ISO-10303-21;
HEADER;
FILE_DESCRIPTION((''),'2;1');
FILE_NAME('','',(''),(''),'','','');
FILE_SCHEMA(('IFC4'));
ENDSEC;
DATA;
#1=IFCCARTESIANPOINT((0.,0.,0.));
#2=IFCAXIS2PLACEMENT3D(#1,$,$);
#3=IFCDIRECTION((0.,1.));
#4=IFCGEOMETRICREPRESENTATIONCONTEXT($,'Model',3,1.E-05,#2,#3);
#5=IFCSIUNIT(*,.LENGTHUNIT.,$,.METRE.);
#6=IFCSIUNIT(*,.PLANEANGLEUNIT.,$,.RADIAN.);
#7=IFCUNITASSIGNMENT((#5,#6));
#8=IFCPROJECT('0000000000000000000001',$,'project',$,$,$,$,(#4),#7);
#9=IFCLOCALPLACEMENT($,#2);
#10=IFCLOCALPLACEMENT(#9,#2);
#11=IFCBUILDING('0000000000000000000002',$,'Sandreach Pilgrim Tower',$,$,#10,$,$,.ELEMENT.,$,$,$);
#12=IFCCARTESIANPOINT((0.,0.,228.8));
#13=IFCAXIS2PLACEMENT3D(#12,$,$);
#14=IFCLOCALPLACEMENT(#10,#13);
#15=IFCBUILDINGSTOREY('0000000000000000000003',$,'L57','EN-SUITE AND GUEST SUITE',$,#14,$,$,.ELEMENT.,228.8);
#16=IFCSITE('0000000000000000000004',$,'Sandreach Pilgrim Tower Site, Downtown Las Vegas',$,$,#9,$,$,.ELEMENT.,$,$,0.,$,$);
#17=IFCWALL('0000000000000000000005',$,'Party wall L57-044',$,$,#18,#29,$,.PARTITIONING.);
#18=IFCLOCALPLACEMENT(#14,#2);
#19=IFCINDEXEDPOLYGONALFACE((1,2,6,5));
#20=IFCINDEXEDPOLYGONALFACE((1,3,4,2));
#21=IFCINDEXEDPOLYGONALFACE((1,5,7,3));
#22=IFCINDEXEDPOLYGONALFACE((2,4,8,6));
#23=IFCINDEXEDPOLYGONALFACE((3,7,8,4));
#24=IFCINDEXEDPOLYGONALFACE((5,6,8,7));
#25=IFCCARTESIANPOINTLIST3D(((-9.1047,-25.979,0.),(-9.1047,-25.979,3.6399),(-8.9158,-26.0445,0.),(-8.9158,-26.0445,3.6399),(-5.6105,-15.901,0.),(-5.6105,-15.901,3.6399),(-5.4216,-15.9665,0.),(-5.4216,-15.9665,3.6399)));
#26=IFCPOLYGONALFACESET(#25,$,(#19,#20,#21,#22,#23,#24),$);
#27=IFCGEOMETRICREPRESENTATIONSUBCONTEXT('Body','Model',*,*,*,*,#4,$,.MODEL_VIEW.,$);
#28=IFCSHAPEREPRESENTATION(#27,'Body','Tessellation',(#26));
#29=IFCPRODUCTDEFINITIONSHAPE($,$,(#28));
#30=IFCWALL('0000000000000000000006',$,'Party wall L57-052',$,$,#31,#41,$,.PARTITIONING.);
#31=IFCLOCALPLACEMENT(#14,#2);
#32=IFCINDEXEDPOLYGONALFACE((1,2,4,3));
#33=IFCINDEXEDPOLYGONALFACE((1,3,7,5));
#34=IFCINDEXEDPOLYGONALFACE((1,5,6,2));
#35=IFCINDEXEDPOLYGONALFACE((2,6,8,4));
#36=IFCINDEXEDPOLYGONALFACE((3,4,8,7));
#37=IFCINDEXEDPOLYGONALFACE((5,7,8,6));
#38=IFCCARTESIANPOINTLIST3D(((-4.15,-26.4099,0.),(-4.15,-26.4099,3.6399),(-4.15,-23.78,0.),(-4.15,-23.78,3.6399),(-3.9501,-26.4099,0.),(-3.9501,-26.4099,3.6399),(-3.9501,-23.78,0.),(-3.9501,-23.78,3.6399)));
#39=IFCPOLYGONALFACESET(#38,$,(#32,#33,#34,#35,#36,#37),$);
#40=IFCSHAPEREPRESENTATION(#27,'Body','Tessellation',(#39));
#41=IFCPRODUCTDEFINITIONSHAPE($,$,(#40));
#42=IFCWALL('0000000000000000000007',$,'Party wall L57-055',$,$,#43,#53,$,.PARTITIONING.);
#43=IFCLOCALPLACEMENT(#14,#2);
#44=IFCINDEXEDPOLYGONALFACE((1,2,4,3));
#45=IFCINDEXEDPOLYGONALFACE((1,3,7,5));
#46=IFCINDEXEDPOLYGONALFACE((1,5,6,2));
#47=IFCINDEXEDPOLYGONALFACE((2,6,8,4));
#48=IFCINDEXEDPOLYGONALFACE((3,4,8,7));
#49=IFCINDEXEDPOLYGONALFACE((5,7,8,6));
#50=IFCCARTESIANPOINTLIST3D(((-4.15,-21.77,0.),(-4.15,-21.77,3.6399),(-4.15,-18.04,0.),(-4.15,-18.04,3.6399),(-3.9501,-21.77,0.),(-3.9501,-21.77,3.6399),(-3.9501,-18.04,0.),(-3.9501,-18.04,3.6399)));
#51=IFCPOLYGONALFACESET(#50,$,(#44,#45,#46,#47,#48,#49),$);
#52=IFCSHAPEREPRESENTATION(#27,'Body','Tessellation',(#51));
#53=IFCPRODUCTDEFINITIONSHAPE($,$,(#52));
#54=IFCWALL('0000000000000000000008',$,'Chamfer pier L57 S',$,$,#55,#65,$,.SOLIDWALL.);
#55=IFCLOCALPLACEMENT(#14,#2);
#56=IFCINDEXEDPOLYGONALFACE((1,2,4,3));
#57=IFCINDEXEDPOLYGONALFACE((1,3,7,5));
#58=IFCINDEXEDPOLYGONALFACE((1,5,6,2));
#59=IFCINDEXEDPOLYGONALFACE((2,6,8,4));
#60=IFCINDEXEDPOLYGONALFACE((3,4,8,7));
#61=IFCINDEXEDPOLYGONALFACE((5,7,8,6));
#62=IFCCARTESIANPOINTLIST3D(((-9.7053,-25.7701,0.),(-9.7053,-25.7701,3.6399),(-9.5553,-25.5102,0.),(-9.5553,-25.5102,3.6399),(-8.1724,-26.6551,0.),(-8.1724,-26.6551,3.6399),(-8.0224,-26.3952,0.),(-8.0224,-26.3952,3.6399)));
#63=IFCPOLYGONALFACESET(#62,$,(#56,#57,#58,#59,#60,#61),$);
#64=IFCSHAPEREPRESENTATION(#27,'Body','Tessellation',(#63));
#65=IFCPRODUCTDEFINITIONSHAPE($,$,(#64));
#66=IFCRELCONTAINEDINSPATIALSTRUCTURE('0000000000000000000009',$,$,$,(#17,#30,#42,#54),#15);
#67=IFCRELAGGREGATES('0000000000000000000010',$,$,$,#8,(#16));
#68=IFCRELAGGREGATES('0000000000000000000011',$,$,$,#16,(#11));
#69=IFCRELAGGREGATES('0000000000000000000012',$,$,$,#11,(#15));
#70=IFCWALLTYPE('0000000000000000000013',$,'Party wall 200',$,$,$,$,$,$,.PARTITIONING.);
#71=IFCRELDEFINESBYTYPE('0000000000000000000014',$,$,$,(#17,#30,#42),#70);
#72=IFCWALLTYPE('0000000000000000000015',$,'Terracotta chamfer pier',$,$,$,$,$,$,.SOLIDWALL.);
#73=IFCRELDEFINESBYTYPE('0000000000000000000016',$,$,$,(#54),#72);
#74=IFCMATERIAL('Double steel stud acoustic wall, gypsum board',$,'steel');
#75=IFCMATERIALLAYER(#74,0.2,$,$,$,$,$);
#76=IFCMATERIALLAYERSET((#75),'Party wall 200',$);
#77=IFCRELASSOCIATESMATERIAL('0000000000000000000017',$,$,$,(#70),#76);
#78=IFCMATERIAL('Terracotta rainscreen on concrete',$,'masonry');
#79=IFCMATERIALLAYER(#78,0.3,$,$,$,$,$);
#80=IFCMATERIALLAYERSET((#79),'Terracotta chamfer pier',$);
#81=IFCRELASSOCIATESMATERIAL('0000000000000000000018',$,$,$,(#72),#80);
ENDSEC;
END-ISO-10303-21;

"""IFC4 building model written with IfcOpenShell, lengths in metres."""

from ifc_helpers import new_model, si_unit, direction, frame, frame_2d, origin, place, context, subcontext, project, spatial, rectangle, extrude, material, layer, layer_set, type_object, element, save


model = new_model("IFC4")

# Units and contexts
model_context = context("Model", 3, precision=1e-05, world=origin(), true_north=direction((0.0, 1.0)))
body_context = subcontext(model_context, "Body", "Model", "MODEL_VIEW")
ifc_project = project(units=[si_unit("LENGTHUNIT", "METRE"), si_unit("PLANEANGLEUNIT", "RADIAN")], contexts=[model_context])

# Site, building, storey
site_placement = place(None, origin())
site = spatial("IfcSite", under=ifc_project, at=site_placement, Name="Sandreach Pilgrim Tower Site, Downtown Las Vegas", CompositionType="ELEMENT", RefElevation=0.0)
building_placement = place(site_placement, origin())
building = spatial("IfcBuilding", under=site, at=building_placement, Name="Sandreach Pilgrim Tower", CompositionType="ELEMENT")
storey_placement = place(building_placement, frame((0.0, 0.0, 228.8)))
storey = spatial("IfcBuildingStorey", under=building, at=storey_placement, Name="L57", Description="EN-SUITE AND GUEST SUITE", CompositionType="ELEMENT", Elevation=228.8)

# Walls
ifc_material_1 = material(Name="Double steel stud acoustic wall, gypsum board", Category="steel")
ifc_layer_1 = layer(ifc_material_1, 0.2)
ifc_layer_set_1 = layer_set([ifc_layer_1], Name="Party wall 200")
wall_type_1 = type_object("IfcWallType", Name="Party wall 200", PredefinedType="PARTITIONING", material=ifc_layer_set_1)
wall_1_placement = place(storey_placement, frame((-9.0103, -26.0117, 0.0), z_axis=(0.0, 0.0, 1.0), x_axis=(0.327583, 0.944822, 0.0)))
element("IfcWall", 1, at=wall_1_placement, inside=storey, type_object=wall_type_1, Name="Party wall L57-044", PredefinedType="PARTITIONING", context=body_context, shape_type="SweptSolid", body=[
    extrude(rectangle(XDim=10.6665, YDim=0.2, at=frame_2d((5.3333, 0.0))), origin(), (0.0, 0.0, 1.0), 3.6399),
])
wall_2_placement = place(storey_placement, frame((-4.05, -26.4099, 0.0), z_axis=(0.0, 0.0, 1.0), x_axis=(0.0, 1.0, 0.0)))
element("IfcWall", 2, at=wall_2_placement, inside=storey, type_object=wall_type_1, Name="Party wall L57-052", PredefinedType="PARTITIONING", context=body_context, shape_type="SweptSolid", body=[
    extrude(rectangle(XDim=2.6299, YDim=0.2, at=frame_2d((1.3149, 0.0))), origin(), (0.0, 0.0, 1.0), 3.6399),
])
wall_3_placement = place(storey_placement, frame((-4.05, -21.77, 0.0), z_axis=(0.0, 0.0, 1.0), x_axis=(0.0, 1.0, 0.0)))
element("IfcWall", 3, at=wall_3_placement, inside=storey, type_object=wall_type_1, Name="Party wall L57-055", PredefinedType="PARTITIONING", context=body_context, shape_type="SweptSolid", body=[
    extrude(rectangle(XDim=3.73, YDim=0.2, at=frame_2d((1.865, 0.0))), origin(), (0.0, 0.0, 1.0), 3.6399),
])
ifc_material_2 = material(Name="Terracotta rainscreen on concrete", Category="masonry")
ifc_layer_2 = layer(ifc_material_2, 0.3)
ifc_layer_set_2 = layer_set([ifc_layer_2], Name="Terracotta chamfer pier")
wall_type_2 = type_object("IfcWallType", Name="Terracotta chamfer pier", PredefinedType="SOLIDWALL", material=ifc_layer_set_2)
wall_4_placement = place(storey_placement, frame((-8.0974, -26.5251, 0.0), z_axis=(0.0, 0.0, 1.0), x_axis=(-0.866036, 0.499981, 0.0)))
element("IfcWall", 4, at=wall_4_placement, inside=storey, type_object=wall_type_2, Name="Chamfer pier L57 S", PredefinedType="SOLIDWALL", context=body_context, shape_type="SweptSolid", body=[
    extrude(rectangle(XDim=1.77, YDim=0.3, at=frame_2d((0.885, 0.0))), origin(), (0.0, 0.0, 1.0), 3.6399),
])

save(model, "model.ifc")
